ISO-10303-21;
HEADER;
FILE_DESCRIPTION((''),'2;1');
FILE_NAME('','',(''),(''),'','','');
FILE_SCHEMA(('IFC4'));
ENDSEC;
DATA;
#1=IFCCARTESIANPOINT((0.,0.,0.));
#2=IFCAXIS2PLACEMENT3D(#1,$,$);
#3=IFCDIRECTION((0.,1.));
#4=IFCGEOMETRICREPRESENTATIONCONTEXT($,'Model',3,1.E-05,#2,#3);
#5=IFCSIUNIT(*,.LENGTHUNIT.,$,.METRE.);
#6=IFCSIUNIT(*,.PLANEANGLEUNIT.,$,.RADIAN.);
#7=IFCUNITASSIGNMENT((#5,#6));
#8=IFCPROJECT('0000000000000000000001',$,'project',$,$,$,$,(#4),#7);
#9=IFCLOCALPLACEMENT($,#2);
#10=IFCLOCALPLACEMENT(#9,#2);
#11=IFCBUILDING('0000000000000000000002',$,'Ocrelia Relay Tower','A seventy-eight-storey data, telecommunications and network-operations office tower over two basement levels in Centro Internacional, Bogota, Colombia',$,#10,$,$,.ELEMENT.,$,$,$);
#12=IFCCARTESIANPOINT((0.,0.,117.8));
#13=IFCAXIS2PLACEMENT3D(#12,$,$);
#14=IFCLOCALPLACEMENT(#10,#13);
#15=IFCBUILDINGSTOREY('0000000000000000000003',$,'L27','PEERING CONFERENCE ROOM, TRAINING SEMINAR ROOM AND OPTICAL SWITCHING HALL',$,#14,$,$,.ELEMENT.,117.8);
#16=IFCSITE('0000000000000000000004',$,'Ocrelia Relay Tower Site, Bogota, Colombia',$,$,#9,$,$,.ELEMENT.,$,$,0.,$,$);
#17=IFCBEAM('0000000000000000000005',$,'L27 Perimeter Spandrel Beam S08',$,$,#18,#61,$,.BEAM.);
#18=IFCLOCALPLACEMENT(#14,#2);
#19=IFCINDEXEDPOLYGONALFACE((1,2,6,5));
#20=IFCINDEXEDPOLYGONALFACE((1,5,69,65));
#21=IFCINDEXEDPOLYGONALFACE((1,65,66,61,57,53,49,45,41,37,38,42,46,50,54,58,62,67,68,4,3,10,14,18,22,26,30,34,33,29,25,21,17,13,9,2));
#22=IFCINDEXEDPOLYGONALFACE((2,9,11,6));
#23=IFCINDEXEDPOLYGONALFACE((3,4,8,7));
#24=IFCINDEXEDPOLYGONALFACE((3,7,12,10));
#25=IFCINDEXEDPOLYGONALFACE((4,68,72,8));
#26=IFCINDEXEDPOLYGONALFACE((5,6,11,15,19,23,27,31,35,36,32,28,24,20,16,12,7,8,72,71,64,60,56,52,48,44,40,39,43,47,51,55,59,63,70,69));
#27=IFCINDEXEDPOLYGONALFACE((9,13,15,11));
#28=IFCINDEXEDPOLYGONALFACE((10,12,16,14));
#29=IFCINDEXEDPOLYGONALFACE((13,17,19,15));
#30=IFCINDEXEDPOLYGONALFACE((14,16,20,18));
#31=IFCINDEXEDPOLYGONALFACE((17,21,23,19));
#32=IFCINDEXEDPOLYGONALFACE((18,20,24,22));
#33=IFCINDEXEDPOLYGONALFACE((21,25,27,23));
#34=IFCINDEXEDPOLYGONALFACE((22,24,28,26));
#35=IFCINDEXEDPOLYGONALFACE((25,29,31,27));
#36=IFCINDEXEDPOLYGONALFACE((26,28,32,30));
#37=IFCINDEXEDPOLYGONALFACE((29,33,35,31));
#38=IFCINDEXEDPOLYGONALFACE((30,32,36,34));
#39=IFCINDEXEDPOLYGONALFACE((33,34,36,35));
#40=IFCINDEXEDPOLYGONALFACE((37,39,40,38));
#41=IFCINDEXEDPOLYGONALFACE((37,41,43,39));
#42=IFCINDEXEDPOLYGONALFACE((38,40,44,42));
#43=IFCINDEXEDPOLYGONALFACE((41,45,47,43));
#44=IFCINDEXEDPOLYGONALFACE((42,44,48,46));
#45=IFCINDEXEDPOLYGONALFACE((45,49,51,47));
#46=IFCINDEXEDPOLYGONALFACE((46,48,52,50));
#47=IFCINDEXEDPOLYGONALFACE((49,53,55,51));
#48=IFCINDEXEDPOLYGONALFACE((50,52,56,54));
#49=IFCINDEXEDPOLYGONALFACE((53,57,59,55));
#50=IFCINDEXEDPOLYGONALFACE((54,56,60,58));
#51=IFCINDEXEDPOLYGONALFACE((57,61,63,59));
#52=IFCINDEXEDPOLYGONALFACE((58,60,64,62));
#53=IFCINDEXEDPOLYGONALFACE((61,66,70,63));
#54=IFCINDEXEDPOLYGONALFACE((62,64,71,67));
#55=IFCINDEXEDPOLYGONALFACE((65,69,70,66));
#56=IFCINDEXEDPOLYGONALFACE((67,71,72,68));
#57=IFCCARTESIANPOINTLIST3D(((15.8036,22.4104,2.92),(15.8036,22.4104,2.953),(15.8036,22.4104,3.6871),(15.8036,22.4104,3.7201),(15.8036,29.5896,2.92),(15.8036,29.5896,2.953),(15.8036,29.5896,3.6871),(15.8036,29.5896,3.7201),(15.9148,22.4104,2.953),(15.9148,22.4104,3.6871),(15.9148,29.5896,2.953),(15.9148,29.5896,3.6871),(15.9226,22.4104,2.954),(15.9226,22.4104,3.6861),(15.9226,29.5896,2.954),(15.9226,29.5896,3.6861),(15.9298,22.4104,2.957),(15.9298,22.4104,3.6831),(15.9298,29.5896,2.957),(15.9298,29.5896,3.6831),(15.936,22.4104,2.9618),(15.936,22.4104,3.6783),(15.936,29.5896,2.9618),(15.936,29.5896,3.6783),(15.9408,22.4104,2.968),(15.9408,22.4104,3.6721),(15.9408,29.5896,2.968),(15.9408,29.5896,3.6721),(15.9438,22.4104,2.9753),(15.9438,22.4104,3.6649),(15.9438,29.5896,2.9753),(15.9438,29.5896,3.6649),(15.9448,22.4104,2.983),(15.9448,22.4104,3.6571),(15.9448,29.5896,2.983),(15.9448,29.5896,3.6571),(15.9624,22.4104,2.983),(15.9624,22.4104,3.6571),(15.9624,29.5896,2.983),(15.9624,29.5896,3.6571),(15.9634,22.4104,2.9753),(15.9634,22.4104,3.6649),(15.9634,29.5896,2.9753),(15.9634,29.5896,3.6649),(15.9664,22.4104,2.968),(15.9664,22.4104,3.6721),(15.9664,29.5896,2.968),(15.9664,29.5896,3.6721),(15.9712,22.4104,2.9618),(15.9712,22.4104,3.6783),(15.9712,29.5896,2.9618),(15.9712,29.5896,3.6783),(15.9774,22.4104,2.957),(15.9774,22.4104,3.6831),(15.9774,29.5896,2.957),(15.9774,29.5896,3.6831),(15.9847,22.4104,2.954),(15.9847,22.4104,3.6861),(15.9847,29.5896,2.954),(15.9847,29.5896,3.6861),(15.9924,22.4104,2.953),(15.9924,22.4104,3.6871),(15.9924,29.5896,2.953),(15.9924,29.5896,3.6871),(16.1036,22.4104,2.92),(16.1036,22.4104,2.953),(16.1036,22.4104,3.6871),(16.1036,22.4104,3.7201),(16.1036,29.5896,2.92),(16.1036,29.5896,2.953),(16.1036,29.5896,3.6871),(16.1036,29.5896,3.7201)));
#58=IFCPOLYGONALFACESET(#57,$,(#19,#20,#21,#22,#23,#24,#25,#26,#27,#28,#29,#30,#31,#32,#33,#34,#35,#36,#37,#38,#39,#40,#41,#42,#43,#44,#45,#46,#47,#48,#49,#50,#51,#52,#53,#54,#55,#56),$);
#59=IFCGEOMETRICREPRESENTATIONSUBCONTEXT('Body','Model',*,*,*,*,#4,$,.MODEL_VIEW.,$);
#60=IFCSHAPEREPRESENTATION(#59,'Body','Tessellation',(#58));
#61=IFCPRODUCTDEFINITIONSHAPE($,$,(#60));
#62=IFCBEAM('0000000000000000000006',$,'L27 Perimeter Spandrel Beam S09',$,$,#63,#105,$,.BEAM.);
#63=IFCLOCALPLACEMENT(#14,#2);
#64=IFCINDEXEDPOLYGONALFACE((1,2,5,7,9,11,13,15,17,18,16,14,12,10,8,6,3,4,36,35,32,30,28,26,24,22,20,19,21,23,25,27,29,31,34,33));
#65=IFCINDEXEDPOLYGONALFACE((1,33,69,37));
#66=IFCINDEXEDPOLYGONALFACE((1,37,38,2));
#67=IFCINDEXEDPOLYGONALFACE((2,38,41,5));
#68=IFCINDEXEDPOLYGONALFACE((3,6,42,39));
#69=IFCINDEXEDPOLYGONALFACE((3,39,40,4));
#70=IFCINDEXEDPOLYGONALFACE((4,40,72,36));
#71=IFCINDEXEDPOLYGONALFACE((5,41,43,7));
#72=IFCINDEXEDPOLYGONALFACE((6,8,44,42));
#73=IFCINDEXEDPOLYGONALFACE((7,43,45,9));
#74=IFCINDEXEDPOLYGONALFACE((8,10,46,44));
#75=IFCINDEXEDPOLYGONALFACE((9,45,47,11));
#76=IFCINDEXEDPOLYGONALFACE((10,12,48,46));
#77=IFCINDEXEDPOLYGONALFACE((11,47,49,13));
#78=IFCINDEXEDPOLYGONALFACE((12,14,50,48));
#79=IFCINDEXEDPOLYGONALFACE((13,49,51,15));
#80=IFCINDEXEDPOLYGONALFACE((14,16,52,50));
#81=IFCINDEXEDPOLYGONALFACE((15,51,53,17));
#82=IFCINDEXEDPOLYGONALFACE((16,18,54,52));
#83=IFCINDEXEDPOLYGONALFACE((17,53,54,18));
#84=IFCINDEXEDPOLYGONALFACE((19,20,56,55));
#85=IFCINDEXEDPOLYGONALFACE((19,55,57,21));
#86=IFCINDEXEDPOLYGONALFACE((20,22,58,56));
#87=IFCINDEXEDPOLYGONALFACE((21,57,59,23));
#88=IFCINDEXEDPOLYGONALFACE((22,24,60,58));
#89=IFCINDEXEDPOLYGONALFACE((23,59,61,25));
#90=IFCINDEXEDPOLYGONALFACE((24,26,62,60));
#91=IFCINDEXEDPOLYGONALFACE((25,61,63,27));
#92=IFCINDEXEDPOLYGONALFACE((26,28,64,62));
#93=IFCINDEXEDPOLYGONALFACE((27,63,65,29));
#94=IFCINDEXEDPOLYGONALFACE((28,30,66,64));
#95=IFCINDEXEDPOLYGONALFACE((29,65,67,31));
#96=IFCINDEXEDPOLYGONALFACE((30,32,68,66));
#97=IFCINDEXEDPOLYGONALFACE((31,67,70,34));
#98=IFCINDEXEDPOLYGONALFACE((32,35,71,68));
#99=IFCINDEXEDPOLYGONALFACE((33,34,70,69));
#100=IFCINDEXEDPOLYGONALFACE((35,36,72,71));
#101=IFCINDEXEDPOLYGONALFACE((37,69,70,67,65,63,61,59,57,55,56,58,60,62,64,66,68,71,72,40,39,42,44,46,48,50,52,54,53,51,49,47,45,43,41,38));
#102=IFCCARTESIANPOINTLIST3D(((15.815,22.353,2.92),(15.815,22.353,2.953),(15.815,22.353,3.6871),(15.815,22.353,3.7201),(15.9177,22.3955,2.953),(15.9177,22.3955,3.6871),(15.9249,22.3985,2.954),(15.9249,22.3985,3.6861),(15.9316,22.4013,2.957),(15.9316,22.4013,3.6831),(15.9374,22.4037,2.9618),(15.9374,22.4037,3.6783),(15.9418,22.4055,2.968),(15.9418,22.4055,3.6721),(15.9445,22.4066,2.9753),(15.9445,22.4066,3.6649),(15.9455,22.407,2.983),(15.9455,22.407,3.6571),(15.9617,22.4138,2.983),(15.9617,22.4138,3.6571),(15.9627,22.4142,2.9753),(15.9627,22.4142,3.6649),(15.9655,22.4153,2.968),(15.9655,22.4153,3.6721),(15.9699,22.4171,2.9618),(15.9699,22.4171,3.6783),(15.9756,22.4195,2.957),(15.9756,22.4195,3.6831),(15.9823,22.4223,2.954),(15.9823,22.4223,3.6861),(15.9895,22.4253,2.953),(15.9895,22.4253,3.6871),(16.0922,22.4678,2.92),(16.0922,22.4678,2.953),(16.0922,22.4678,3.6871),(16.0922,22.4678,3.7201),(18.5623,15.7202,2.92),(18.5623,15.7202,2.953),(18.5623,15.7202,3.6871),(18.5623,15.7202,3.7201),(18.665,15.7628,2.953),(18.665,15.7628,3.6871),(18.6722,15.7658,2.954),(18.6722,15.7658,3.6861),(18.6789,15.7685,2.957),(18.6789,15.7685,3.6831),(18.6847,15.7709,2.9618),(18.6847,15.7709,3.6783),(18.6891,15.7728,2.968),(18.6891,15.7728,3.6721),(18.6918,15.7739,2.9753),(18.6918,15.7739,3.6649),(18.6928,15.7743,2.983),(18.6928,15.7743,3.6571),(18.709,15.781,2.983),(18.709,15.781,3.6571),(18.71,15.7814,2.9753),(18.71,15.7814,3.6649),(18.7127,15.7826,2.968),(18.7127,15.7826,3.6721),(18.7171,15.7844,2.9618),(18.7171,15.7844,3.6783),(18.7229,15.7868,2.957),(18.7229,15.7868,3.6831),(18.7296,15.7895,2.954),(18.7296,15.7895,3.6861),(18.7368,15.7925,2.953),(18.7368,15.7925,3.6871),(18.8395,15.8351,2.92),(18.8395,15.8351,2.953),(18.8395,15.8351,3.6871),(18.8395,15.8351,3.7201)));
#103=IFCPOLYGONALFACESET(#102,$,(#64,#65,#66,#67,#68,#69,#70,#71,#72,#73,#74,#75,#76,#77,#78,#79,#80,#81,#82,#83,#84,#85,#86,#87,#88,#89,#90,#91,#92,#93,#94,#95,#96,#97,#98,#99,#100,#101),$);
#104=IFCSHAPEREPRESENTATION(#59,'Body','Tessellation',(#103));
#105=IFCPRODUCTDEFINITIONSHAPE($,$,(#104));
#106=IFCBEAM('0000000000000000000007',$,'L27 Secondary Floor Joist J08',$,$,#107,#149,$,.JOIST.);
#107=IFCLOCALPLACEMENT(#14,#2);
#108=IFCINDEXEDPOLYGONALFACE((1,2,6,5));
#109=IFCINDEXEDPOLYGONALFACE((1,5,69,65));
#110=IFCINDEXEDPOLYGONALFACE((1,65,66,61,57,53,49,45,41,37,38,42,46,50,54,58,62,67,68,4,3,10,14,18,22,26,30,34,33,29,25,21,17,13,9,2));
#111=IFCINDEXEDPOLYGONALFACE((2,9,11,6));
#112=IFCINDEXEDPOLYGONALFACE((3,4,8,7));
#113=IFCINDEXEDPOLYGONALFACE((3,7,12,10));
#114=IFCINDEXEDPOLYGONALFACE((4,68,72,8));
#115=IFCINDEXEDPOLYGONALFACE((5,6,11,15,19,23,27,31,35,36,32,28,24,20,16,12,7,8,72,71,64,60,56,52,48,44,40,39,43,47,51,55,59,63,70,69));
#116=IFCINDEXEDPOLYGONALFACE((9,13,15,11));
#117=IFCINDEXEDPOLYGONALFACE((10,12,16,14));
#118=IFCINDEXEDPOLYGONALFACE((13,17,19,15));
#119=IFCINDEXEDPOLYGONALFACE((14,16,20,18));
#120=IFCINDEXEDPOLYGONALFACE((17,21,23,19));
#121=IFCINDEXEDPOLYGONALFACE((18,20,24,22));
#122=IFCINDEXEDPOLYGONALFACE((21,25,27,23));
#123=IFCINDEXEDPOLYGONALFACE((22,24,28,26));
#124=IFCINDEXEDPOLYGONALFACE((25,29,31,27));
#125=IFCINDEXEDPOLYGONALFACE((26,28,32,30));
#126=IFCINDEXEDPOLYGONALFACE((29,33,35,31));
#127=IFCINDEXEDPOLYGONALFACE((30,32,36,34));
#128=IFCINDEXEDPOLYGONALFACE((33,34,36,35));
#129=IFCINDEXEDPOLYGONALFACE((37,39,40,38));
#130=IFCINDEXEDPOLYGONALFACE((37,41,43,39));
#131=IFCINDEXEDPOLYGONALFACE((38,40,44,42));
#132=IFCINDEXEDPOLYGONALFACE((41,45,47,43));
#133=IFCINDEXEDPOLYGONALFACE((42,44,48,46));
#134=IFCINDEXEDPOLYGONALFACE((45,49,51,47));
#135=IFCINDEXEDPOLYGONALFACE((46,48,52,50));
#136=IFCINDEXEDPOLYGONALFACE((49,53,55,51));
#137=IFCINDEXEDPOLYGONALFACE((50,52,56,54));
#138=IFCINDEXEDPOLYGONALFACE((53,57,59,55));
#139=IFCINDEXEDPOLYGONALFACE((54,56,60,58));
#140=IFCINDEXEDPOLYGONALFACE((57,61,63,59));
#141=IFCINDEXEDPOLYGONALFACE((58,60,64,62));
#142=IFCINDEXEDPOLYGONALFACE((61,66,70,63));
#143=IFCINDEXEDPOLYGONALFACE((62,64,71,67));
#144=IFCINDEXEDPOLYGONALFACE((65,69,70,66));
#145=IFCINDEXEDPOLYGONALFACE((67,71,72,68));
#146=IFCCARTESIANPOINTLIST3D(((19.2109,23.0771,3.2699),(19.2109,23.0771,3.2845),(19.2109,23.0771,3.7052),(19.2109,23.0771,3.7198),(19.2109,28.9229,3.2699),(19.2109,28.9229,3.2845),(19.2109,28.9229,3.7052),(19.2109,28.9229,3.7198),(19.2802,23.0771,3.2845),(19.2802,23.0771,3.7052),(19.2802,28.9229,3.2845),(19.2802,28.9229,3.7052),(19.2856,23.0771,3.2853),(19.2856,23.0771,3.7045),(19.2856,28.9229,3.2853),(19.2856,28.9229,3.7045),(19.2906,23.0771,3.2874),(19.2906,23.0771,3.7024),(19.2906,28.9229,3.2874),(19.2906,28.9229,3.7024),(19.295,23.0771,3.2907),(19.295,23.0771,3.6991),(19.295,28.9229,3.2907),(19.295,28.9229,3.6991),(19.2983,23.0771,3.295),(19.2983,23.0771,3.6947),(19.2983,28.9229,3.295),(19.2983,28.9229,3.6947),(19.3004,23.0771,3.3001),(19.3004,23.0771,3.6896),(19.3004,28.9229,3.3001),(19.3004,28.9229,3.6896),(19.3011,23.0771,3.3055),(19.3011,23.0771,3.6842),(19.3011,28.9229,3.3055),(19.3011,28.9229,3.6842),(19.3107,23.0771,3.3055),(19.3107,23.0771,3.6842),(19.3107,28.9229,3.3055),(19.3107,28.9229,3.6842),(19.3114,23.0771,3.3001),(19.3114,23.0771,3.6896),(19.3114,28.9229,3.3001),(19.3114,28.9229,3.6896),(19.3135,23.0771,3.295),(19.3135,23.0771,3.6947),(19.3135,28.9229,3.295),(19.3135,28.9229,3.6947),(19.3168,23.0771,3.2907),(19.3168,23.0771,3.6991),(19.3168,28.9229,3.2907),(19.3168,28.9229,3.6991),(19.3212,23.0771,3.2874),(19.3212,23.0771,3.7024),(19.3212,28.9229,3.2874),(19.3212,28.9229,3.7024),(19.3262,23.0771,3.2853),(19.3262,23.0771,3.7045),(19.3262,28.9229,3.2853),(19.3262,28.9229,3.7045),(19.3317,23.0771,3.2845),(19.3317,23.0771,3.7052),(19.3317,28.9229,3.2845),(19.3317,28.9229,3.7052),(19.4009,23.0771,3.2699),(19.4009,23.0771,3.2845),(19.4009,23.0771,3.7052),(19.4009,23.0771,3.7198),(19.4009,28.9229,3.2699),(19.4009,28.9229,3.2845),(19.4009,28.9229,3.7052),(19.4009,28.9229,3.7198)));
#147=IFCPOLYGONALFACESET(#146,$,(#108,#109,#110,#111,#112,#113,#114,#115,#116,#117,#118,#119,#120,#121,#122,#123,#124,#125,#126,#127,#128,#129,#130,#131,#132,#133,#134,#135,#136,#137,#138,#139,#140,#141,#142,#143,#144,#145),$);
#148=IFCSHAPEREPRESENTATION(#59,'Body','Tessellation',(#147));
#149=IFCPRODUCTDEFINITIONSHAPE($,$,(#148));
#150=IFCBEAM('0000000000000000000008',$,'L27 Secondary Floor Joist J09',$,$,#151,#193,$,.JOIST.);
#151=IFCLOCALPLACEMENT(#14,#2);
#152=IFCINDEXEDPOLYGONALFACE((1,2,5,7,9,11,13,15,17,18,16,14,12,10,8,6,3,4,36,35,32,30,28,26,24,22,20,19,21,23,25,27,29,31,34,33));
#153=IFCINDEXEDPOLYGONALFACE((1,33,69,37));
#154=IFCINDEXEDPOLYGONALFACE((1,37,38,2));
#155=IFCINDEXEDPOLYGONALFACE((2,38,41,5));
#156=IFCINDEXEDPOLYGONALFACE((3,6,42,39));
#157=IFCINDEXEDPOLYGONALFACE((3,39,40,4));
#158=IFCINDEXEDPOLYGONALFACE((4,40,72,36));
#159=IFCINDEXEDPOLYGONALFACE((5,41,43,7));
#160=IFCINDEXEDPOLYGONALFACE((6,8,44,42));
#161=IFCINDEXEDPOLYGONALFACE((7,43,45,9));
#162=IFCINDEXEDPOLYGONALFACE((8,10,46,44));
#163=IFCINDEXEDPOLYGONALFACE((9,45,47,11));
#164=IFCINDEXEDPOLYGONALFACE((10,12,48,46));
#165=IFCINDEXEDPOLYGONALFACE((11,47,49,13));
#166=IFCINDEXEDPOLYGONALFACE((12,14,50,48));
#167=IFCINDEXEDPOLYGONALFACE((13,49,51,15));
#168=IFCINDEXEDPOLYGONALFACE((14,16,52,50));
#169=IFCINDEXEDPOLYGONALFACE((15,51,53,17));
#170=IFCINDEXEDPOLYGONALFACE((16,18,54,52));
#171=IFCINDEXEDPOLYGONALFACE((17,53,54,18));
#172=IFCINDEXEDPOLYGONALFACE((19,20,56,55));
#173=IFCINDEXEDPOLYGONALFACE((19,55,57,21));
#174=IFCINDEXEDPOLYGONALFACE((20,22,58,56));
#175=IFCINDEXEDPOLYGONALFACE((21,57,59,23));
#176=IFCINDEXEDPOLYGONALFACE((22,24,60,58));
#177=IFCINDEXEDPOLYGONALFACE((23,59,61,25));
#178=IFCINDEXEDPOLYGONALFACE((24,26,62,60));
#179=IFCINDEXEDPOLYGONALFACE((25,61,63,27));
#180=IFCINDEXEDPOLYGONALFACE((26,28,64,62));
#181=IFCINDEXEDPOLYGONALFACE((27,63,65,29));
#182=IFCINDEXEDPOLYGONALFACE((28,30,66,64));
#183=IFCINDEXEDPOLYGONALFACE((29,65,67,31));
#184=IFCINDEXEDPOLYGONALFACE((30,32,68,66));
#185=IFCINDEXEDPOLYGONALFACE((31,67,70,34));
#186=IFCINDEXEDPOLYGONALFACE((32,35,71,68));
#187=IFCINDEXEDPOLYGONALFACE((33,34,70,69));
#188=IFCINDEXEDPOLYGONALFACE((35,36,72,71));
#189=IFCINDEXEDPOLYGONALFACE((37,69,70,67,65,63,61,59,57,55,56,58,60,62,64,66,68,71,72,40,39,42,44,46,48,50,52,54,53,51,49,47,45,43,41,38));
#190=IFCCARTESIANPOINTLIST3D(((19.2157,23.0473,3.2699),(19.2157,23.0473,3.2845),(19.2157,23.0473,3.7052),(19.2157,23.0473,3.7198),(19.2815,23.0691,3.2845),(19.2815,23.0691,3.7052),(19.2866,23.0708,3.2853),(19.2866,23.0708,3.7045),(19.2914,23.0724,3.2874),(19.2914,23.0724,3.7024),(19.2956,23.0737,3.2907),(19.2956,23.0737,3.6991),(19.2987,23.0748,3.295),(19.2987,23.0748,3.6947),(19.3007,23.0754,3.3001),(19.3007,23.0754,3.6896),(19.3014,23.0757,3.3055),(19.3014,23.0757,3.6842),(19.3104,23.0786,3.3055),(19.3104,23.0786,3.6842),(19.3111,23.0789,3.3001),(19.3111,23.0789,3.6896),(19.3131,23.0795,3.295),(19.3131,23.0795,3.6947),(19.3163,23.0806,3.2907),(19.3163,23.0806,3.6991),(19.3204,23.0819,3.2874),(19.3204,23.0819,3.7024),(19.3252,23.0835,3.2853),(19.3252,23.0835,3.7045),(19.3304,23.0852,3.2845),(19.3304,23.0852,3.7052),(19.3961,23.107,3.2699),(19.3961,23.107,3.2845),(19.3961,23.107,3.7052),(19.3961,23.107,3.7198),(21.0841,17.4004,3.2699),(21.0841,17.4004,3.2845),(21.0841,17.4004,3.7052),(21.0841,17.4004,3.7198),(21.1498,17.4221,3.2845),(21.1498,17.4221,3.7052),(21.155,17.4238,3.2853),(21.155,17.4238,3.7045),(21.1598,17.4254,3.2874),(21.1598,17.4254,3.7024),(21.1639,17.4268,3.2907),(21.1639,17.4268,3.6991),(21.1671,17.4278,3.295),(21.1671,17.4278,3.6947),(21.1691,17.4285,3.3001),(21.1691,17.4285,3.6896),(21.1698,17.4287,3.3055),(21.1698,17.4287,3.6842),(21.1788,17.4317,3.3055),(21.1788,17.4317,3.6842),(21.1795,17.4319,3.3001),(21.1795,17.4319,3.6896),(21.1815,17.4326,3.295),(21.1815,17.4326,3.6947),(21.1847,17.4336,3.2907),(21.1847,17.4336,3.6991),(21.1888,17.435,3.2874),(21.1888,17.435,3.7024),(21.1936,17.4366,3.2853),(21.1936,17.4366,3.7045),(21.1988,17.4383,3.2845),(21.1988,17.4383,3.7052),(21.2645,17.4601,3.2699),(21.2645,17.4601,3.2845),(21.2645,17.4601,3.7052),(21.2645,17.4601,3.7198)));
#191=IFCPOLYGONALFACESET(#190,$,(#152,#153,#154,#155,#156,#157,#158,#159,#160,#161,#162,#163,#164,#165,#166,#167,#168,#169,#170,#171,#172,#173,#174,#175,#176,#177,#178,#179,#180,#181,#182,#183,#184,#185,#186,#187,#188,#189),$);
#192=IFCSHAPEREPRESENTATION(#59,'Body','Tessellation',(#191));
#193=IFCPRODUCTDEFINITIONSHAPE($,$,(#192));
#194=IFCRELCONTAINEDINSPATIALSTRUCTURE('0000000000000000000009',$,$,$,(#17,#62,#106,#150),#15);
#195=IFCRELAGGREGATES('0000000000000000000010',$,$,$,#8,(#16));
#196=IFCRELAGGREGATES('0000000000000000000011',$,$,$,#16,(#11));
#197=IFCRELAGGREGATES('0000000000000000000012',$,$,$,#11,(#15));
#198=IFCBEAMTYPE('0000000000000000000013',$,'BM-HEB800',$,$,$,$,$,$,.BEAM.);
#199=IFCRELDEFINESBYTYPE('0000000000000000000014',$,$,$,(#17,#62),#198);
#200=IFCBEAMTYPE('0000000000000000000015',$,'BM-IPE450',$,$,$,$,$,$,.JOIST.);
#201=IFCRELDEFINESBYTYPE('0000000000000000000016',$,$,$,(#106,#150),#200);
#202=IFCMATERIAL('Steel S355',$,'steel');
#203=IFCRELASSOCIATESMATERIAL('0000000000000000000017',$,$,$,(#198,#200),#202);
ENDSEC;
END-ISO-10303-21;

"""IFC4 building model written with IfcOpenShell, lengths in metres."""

from ifc_helpers import new_model, si_unit, direction, frame, origin, origin_2d, place, context, subcontext, project, spatial, i_section, extrude, material, material_profile, profile_set, type_object, element, save


model = new_model("IFC4")

# Units and contexts
model_context = context("Model", 3, precision=1e-05, world=origin(), true_north=direction((0.0, 1.0)))
body_context = subcontext(model_context, "Body", "Model", "MODEL_VIEW")
ifc_project = project(units=[si_unit("LENGTHUNIT", "METRE"), si_unit("PLANEANGLEUNIT", "RADIAN")], contexts=[model_context])

# Site, building, storey
site_placement = place(None, origin())
site = spatial("IfcSite", under=ifc_project, at=site_placement, Name="Ocrelia Relay Tower Site, Bogota, Colombia", CompositionType="ELEMENT", RefElevation=0.0)
building_placement = place(site_placement, origin())
building = spatial("IfcBuilding", under=site, at=building_placement, Name="Ocrelia Relay Tower", Description="A seventy-eight-storey data, telecommunications and network-operations office tower over two basement levels in Centro Internacional, Bogota, Colombia", CompositionType="ELEMENT")
storey_placement = place(building_placement, frame((0.0, 0.0, 117.8)))
storey = spatial("IfcBuildingStorey", under=building, at=storey_placement, Name="L27", Description="PEERING CONFERENCE ROOM, TRAINING SEMINAR ROOM AND OPTICAL SWITCHING HALL", CompositionType="ELEMENT", Elevation=117.8)

# Beams
ifc_material_1 = material(Name="Steel S355", Category="steel")
ifc_material_profile_1 = material_profile(ifc_material_1, i_section(OverallWidth=0.3, OverallDepth=0.8, WebThickness=0.0176, FlangeThickness=0.033, FilletRadius=0.03, at=origin_2d()), Name="HEB 800")
ifc_profile_set_1 = profile_set([ifc_material_profile_1], Name="Steel S355")
beam_type_1 = type_object("IfcBeamType", Name="BM-HEB800", PredefinedType="BEAM", material=ifc_profile_set_1)
for number, where, z_axis, x_axis, name in (
    (1, (15.9536, 29.5896, 3.3201), (0.0, -1.0, 0.0), (1.0, 0.0, 0.0), "L27 Perimeter Spandrel Beam S08"),
    (2, (15.9536, 22.4104, 3.3201), (0.382673, -0.923884, 0.0), (0.923884, 0.382673, 0.0), "L27 Perimeter Spandrel Beam S09"),
):
    element("IfcBeam", number, at=place(storey_placement, frame(where, z_axis=z_axis, x_axis=x_axis)), inside=storey, type_object=beam_type_1, Name=name, PredefinedType="BEAM", context=body_context, shape_type="SweptSolid", body=[
        extrude(i_section(OverallWidth=0.3, OverallDepth=0.8, WebThickness=0.0176, FlangeThickness=0.033, FilletRadius=0.03, at=origin_2d()), origin(), (0.0, 0.0, 1.0), 7.1792),
    ])
ifc_material_profile_2 = material_profile(ifc_material_1, i_section(OverallWidth=0.1899, OverallDepth=0.45, WebThickness=0.0095, FlangeThickness=0.0146, FilletRadius=0.021, at=origin_2d()), Name="IPE 450")
ifc_profile_set_2 = profile_set([ifc_material_profile_2], Name="Steel S355")
beam_type_2 = type_object("IfcBeamType", Name="BM-IPE450", PredefinedType="JOIST", material=ifc_profile_set_2)
beam_1_placement = place(storey_placement, frame((19.3059, 28.9229, 3.4949), z_axis=(0.0, -1.0, 0.0), x_axis=(1.0, 0.0, 0.0)))
element("IfcBeam", 3, at=beam_1_placement, inside=storey, type_object=beam_type_2, Name="L27 Secondary Floor Joist J08", PredefinedType="JOIST", context=body_context, shape_type="SweptSolid", body=[
    extrude(i_section(OverallWidth=0.1899, OverallDepth=0.45, WebThickness=0.0095, FlangeThickness=0.0146, FilletRadius=0.021, at=origin_2d()), origin(), (0.0, 0.0, 1.0), 5.8457),
])
beam_2_placement = place(storey_placement, frame((19.3059, 23.0771, 3.4949), z_axis=(0.314121, -0.949383, 0.0), x_axis=(0.949383, 0.314121, 0.0)))
element("IfcBeam", 4, at=beam_2_placement, inside=storey, type_object=beam_type_2, Name="L27 Secondary Floor Joist J09", PredefinedType="JOIST", context=body_context, shape_type="SweptSolid", body=[
    extrude(i_section(OverallWidth=0.1899, OverallDepth=0.45, WebThickness=0.0095, FlangeThickness=0.0146, FilletRadius=0.021, at=origin_2d()), origin(), (0.0, 0.0, 1.0), 5.948),
])

save(model, "model.ifc")
